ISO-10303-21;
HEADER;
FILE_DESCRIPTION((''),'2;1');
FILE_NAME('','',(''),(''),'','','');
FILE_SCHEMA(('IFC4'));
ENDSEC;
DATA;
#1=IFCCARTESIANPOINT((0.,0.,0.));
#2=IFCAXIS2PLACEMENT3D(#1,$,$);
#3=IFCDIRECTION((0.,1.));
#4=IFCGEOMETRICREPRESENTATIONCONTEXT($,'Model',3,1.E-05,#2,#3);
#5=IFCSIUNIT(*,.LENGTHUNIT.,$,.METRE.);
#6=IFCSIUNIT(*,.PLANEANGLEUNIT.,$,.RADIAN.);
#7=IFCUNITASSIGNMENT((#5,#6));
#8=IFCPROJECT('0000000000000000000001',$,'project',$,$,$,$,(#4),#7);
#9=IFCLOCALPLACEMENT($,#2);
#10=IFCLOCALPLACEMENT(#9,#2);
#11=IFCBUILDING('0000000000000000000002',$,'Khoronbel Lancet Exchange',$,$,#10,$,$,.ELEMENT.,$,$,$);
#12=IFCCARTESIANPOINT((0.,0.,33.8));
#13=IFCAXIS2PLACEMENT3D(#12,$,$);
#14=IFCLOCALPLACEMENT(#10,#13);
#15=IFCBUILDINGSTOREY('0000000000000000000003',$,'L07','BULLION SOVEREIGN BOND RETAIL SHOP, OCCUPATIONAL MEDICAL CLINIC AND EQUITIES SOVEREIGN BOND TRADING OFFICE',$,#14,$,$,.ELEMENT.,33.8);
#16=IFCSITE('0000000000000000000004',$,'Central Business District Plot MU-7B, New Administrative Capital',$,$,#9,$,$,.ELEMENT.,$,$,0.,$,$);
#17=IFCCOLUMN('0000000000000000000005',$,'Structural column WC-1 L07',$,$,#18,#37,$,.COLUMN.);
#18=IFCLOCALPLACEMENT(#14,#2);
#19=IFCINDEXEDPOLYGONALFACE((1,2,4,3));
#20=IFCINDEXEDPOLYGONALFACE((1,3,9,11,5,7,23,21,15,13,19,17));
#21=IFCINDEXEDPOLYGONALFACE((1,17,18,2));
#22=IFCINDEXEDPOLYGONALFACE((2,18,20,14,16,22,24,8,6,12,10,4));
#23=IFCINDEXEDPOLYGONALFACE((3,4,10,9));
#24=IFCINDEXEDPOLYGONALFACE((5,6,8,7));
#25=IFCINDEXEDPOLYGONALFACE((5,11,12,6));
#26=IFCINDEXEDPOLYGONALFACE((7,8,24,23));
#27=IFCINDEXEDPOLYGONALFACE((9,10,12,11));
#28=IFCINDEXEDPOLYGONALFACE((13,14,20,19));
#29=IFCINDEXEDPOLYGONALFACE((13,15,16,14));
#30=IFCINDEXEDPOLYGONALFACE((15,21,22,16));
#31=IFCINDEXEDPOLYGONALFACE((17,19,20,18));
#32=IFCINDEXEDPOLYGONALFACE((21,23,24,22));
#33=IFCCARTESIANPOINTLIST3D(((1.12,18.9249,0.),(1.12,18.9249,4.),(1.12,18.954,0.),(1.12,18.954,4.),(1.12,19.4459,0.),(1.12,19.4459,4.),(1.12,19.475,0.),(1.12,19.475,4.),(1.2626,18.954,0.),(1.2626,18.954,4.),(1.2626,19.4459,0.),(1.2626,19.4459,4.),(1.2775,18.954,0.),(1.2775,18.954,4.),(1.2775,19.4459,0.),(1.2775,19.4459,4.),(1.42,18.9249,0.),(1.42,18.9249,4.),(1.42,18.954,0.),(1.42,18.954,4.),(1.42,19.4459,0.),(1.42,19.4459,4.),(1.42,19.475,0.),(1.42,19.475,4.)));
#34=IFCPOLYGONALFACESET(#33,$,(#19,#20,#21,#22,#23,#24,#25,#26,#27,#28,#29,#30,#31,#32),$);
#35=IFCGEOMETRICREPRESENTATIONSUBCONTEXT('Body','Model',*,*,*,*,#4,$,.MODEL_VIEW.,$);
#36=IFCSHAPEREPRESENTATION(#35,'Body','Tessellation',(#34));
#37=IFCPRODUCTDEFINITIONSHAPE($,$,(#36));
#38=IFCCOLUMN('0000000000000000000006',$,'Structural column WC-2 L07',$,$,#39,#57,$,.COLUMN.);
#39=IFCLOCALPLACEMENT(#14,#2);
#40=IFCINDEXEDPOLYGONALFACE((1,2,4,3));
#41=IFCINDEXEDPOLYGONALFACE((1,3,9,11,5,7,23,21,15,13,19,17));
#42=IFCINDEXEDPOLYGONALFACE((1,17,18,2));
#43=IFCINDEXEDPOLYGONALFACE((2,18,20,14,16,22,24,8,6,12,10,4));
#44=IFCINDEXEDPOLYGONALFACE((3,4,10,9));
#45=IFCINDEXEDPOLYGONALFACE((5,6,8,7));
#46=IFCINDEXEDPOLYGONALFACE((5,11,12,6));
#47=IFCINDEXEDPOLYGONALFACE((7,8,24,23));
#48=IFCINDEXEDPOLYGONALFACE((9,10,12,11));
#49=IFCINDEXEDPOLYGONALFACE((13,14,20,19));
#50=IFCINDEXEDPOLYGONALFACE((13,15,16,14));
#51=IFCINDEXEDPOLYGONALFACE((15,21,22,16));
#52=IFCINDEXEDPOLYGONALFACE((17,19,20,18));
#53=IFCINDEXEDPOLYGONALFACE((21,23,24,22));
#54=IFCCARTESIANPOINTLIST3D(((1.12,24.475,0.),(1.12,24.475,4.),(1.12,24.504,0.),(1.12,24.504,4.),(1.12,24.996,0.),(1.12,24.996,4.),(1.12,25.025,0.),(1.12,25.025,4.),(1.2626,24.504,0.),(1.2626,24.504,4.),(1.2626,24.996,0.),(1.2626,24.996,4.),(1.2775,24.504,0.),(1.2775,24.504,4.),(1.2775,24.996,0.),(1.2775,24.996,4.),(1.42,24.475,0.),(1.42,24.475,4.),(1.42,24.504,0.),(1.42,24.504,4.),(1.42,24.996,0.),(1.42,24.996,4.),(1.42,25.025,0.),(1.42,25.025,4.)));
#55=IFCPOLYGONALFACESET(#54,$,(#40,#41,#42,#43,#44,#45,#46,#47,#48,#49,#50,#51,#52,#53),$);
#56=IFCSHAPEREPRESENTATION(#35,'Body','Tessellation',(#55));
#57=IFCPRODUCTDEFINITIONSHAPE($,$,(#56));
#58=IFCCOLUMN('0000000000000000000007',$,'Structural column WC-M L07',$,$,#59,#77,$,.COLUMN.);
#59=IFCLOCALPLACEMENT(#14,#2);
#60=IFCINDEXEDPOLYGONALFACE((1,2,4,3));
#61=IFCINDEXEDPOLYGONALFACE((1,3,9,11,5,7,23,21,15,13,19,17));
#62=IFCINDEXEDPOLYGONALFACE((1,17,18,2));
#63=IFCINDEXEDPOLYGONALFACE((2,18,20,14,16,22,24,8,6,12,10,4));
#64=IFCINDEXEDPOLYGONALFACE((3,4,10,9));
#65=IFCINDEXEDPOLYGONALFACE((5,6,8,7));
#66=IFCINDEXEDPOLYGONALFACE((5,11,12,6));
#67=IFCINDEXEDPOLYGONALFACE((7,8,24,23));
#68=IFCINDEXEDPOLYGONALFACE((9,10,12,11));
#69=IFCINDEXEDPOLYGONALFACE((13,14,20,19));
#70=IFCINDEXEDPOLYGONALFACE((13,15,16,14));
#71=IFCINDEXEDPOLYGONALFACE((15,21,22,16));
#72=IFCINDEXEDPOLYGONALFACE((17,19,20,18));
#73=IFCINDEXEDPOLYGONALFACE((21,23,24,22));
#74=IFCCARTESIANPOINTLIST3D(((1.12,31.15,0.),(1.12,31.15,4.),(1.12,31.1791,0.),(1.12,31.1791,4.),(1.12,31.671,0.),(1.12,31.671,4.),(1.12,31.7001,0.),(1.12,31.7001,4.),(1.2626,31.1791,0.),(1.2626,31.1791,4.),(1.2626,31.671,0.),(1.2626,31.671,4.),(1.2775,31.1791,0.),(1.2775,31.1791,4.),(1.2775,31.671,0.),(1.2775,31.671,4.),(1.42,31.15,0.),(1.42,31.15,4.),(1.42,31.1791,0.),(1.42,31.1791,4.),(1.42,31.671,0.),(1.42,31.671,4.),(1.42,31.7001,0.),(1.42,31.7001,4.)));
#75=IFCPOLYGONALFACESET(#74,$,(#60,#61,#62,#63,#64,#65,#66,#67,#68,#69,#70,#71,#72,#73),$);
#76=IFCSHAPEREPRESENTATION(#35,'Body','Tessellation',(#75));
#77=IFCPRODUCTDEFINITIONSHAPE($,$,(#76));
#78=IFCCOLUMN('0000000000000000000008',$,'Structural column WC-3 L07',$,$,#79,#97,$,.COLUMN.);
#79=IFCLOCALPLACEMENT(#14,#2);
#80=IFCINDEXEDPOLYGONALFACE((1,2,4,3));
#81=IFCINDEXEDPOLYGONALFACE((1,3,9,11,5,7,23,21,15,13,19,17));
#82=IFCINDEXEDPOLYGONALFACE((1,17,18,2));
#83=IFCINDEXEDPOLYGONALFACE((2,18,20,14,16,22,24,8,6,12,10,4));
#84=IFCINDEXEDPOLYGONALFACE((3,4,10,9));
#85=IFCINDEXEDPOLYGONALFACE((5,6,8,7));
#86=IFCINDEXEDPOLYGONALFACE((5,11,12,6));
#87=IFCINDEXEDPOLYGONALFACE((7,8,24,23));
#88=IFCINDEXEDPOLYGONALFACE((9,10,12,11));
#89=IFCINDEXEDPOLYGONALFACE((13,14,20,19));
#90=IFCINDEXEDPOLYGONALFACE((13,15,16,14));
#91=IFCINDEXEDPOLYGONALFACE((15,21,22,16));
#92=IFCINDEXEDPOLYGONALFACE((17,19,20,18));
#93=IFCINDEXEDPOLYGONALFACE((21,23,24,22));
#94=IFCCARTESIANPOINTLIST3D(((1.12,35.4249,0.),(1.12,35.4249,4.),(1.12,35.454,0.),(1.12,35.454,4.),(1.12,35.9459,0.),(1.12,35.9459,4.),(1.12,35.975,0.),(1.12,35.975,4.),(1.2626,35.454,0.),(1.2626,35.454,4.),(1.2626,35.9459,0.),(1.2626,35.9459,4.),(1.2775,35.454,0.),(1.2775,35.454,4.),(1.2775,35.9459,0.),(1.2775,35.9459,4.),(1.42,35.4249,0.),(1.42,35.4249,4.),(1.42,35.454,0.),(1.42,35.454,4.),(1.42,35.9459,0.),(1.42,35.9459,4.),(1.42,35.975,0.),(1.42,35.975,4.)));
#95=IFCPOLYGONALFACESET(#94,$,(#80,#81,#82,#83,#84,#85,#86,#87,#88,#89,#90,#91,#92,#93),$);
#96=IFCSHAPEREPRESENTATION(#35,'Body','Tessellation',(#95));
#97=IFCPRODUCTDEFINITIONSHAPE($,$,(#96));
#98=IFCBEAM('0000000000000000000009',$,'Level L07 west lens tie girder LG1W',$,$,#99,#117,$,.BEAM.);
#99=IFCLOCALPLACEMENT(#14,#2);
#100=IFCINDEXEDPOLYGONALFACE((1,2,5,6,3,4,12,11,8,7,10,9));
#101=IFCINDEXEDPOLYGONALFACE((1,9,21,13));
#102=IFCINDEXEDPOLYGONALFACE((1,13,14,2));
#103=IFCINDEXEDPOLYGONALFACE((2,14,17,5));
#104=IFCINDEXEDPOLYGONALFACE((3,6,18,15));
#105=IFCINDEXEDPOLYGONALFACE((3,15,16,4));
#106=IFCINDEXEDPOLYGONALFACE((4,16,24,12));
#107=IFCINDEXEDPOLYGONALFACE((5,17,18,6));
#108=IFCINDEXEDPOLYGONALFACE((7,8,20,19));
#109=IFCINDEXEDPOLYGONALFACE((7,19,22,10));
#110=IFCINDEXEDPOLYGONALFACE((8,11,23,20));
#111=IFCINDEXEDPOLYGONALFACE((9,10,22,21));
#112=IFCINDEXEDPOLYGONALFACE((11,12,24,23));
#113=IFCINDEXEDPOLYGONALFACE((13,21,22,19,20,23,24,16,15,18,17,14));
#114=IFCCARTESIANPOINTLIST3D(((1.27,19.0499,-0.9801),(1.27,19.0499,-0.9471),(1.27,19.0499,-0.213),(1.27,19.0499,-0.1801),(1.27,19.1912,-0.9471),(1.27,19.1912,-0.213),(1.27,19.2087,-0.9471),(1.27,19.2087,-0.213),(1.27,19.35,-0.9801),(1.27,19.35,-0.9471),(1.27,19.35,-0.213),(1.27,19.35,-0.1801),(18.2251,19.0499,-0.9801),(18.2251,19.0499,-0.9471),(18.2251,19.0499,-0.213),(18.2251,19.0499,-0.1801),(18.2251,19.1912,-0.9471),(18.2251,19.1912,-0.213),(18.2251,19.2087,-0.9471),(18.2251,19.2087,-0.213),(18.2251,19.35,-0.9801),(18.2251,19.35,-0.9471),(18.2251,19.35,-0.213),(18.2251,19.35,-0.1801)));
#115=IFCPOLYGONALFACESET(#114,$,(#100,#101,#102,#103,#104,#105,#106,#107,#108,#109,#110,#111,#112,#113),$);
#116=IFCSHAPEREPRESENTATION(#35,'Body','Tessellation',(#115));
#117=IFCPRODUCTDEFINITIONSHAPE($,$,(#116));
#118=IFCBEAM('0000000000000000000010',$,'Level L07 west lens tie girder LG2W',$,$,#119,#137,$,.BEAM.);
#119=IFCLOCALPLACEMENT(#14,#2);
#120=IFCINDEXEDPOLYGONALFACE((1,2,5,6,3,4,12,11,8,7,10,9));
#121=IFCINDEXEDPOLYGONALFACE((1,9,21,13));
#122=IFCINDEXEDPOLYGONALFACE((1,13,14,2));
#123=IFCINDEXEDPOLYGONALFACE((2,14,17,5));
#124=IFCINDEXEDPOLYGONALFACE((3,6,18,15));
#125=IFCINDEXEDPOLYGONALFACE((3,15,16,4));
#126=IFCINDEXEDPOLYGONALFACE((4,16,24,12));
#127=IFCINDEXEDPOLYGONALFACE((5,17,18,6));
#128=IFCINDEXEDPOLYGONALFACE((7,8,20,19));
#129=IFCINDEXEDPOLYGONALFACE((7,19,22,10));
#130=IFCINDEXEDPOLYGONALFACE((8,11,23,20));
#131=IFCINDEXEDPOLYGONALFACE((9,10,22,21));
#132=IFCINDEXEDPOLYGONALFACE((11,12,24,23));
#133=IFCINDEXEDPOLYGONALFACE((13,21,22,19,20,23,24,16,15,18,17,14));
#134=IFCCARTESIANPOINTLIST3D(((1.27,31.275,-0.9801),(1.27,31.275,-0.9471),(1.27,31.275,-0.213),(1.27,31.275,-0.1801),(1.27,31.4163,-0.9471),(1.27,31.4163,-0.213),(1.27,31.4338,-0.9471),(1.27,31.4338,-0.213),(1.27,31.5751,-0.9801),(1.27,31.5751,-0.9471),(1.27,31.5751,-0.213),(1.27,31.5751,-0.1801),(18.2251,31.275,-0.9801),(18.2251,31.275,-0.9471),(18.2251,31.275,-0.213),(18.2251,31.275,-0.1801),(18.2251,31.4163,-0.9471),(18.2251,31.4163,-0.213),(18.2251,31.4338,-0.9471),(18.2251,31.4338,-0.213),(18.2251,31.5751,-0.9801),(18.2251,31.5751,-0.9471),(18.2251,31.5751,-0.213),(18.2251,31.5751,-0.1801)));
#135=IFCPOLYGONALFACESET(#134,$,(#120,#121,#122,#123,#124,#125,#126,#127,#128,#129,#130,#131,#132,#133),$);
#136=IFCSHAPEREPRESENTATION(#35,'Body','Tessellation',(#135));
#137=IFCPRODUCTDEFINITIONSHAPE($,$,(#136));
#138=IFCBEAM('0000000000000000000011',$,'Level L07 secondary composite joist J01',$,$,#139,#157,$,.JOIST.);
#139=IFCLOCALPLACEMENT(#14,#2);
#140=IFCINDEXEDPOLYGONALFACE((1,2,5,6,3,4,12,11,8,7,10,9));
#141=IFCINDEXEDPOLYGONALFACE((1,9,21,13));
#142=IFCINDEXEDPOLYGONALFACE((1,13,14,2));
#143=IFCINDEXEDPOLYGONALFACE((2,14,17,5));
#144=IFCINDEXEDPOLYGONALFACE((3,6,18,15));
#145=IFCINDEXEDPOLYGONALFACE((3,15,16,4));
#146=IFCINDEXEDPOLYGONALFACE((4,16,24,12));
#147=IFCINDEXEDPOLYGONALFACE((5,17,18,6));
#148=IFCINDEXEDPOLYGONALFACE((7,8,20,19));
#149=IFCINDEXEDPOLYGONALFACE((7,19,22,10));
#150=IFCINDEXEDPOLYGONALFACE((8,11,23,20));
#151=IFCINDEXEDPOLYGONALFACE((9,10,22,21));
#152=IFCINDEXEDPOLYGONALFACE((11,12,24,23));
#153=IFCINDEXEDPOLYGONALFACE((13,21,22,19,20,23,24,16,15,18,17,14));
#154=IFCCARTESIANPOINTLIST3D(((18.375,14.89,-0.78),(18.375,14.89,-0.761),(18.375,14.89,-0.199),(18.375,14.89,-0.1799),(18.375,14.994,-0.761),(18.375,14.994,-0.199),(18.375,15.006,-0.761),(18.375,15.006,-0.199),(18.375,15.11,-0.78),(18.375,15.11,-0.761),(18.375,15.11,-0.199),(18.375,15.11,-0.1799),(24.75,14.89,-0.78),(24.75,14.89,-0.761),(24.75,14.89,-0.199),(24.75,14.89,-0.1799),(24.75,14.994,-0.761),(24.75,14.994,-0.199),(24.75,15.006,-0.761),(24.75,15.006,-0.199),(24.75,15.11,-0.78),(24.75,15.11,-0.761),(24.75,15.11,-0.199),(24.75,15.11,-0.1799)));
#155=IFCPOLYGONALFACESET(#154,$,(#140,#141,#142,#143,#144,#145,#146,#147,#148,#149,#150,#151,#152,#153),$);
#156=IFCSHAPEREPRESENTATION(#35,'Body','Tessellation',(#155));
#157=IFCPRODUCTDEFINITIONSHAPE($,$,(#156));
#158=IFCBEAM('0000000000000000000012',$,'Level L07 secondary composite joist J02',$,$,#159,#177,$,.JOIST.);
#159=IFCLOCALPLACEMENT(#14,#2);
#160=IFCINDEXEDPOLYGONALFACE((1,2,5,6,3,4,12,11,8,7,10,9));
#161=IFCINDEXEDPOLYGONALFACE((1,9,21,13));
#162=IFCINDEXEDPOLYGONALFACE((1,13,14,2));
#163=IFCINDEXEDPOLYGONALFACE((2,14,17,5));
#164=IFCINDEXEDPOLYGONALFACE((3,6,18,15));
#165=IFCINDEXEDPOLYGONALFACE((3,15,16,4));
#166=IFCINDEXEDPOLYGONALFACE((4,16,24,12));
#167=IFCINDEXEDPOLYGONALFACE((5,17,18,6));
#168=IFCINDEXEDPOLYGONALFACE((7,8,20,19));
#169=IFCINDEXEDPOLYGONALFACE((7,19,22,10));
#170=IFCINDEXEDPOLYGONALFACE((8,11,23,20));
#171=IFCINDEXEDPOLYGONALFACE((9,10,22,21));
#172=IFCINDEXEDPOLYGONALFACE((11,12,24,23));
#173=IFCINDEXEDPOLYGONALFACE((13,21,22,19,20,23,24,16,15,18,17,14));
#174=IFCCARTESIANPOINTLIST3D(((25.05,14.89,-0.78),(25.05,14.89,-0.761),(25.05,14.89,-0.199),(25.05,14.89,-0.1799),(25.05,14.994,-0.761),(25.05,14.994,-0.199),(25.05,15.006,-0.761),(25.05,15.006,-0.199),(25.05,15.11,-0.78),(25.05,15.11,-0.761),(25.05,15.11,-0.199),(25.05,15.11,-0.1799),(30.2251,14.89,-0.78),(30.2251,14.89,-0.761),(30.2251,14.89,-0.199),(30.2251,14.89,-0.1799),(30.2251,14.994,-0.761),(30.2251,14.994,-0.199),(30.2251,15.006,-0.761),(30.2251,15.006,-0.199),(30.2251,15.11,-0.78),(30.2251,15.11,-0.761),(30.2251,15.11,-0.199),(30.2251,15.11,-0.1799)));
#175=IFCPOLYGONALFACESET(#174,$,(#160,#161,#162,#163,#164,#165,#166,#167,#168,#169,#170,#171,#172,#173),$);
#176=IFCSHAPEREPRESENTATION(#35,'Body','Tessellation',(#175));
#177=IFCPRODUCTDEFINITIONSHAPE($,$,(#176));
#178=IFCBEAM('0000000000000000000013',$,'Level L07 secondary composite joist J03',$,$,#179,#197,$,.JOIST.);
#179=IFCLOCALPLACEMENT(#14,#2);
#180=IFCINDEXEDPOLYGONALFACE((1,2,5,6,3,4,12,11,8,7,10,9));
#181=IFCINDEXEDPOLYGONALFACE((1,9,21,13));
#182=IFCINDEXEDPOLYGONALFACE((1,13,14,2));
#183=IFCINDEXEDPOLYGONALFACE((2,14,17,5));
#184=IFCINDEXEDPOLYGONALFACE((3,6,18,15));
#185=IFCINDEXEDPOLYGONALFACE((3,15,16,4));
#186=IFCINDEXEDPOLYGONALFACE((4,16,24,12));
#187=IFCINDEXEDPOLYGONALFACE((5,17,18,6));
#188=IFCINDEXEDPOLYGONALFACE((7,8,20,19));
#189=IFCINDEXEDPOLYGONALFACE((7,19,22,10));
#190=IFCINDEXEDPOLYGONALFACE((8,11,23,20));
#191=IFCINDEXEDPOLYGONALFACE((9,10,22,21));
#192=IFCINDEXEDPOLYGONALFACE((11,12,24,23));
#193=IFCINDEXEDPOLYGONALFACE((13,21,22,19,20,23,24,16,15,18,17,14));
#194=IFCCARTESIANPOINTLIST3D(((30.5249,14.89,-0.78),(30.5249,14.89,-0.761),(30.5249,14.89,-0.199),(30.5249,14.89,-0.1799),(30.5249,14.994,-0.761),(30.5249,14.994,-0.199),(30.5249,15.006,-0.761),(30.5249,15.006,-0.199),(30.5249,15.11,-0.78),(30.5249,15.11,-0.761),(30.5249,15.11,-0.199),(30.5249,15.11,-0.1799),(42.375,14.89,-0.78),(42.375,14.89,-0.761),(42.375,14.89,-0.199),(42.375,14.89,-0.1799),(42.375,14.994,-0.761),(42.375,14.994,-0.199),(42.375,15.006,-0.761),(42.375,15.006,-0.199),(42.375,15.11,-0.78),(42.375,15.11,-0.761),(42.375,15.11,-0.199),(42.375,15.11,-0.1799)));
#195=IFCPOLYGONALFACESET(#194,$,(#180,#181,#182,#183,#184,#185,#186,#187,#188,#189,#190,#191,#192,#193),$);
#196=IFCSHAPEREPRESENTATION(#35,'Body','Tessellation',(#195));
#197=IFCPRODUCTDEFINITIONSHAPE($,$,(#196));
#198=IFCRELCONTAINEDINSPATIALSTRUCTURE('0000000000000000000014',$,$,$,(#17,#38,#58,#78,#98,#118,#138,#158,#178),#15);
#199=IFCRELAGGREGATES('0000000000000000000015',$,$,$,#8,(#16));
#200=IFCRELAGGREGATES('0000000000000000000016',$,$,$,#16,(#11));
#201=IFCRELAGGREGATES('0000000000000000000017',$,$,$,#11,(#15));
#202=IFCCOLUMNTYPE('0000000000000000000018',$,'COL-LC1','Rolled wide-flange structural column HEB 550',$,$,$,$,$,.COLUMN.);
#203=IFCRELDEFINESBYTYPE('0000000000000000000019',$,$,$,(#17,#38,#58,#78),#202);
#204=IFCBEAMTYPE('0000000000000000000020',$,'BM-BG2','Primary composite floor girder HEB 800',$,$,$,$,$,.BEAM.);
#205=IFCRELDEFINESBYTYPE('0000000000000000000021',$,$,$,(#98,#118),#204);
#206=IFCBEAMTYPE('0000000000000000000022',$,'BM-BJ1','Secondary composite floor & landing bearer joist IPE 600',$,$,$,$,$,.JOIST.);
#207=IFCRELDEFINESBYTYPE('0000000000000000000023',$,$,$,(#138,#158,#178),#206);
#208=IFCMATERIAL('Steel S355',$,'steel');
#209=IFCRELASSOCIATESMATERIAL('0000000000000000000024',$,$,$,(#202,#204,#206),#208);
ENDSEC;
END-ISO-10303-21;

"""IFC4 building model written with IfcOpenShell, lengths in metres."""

from ifc_helpers import new_model, si_unit, direction, frame, origin, origin_2d, place, context, subcontext, project, spatial, i_section, extrude, material, material_profile, profile_set, type_object, element, save


model = new_model("IFC4")

# Units and contexts
model_context = context("Model", 3, precision=1e-05, world=origin(), true_north=direction((0.0, 1.0)))
body_context = subcontext(model_context, "Body", "Model", "MODEL_VIEW")
ifc_project = project(units=[si_unit("LENGTHUNIT", "METRE"), si_unit("PLANEANGLEUNIT", "RADIAN")], contexts=[model_context])

# Site, building, storey
site_placement = place(None, origin())
site = spatial("IfcSite", under=ifc_project, at=site_placement, Name="Central Business District Plot MU-7B, New Administrative Capital", CompositionType="ELEMENT", RefElevation=0.0)
building_placement = place(site_placement, origin())
building = spatial("IfcBuilding", under=site, at=building_placement, Name="Khoronbel Lancet Exchange", CompositionType="ELEMENT")
storey_placement = place(building_placement, frame((0.0, 0.0, 33.8)))
storey = spatial("IfcBuildingStorey", under=building, at=storey_placement, Name="L07", Description="BULLION SOVEREIGN BOND RETAIL SHOP, OCCUPATIONAL MEDICAL CLINIC AND EQUITIES SOVEREIGN BOND TRADING OFFICE", CompositionType="ELEMENT", Elevation=33.8)

# Columns
ifc_material_1 = material(Name="Steel S355", Category="steel")
ifc_material_profile_1 = material_profile(ifc_material_1, i_section(OverallWidth=0.3, OverallDepth=0.55, WebThickness=0.0149, FlangeThickness=0.0291, at=origin_2d()), Name="HEB 550")
ifc_profile_set_1 = profile_set([ifc_material_profile_1], Name="Steel S355")
column_type = type_object("IfcColumnType", Name="COL-LC1", Description="Rolled wide-flange structural column HEB 550", PredefinedType="COLUMN", material=ifc_profile_set_1)
for number, where, z_axis, x_axis, name in (
    (1, (1.27, 19.2, 0.0), (0.0, 0.0, 1.0), (1.0, 0.0, 0.0), "Structural column WC-1 L07"),
    (2, (1.27, 24.75, 0.0), (0.0, 0.0, 1.0), (1.0, 0.0, 0.0), "Structural column WC-2 L07"),
    (3, (1.27, 31.425, 0.0), (0.0, 0.0, 1.0), (1.0, 0.0, 0.0), "Structural column WC-M L07"),
    (4, (1.27, 35.7, 0.0), (0.0, 0.0, 1.0), (1.0, 0.0, 0.0), "Structural column WC-3 L07"),
):
    element("IfcColumn", number, at=place(storey_placement, frame(where, z_axis=z_axis, x_axis=x_axis)), inside=storey, type_object=column_type, Name=name, PredefinedType="COLUMN", context=body_context, shape_type="SweptSolid", body=[
        extrude(i_section(OverallWidth=0.3, OverallDepth=0.55, WebThickness=0.0149, FlangeThickness=0.0291, at=origin_2d()), origin(), (0.0, 0.0, 1.0), 4.0),
    ])

# Beams
ifc_material_profile_2 = material_profile(ifc_material_1, i_section(OverallWidth=0.3, OverallDepth=0.8, WebThickness=0.0176, FlangeThickness=0.033, at=origin_2d()), Name="HEB 800")
ifc_profile_set_2 = profile_set([ifc_material_profile_2], Name="Steel S355")
beam_type_1 = type_object("IfcBeamType", Name="BM-BG2", Description="Primary composite floor girder HEB 800", PredefinedType="BEAM", material=ifc_profile_set_2)
for number, where, z_axis, x_axis, name in (
    (5, (1.27, 19.2, -0.5801), (1.0, 0.0, 0.0), (0.0, 1.0, 0.0), "Level L07 west lens tie girder LG1W"),
    (6, (1.27, 31.425, -0.5801), (1.0, 0.0, 0.0), (0.0, 1.0, 0.0), "Level L07 west lens tie girder LG2W"),
):
    element("IfcBeam", number, at=place(storey_placement, frame(where, z_axis=z_axis, x_axis=x_axis)), inside=storey, type_object=beam_type_1, Name=name, PredefinedType="BEAM", context=body_context, shape_type="SweptSolid", body=[
        extrude(i_section(OverallWidth=0.3, OverallDepth=0.8, WebThickness=0.0176, FlangeThickness=0.033, at=origin_2d()), origin(), (0.0, 0.0, 1.0), 16.9551),
    ])
ifc_material_profile_3 = material_profile(ifc_material_1, i_section(OverallWidth=0.22, OverallDepth=0.6001, WebThickness=0.012, FlangeThickness=0.019, at=origin_2d()), Name="IPE 600")
ifc_profile_set_3 = profile_set([ifc_material_profile_3], Name="Steel S355")
beam_type_2 = type_object("IfcBeamType", Name="BM-BJ1", Description="Secondary composite floor & landing bearer joist IPE 600", PredefinedType="JOIST", material=ifc_profile_set_3)
beam_1_placement = place(storey_placement, frame((18.375, 15.0, -0.48), z_axis=(1.0, 0.0, 0.0), x_axis=(0.0, 1.0, 0.0)))
element("IfcBeam", 7, at=beam_1_placement, inside=storey, type_object=beam_type_2, Name="Level L07 secondary composite joist J01", PredefinedType="JOIST", context=body_context, shape_type="SweptSolid", body=[
    extrude(i_section(OverallWidth=0.22, OverallDepth=0.6001, WebThickness=0.012, FlangeThickness=0.019, at=origin_2d()), origin(), (0.0, 0.0, 1.0), 6.375),
])
beam_2_placement = place(storey_placement, frame((25.05, 15.0, -0.48), z_axis=(1.0, 0.0, 0.0), x_axis=(0.0, 1.0, 0.0)))
element("IfcBeam", 8, at=beam_2_placement, inside=storey, type_object=beam_type_2, Name="Level L07 secondary composite joist J02", PredefinedType="JOIST", context=body_context, shape_type="SweptSolid", body=[
    extrude(i_section(OverallWidth=0.22, OverallDepth=0.6001, WebThickness=0.012, FlangeThickness=0.019, at=origin_2d()), origin(), (0.0, 0.0, 1.0), 5.175),
])
beam_3_placement = place(storey_placement, frame((30.5249, 15.0, -0.48), z_axis=(1.0, 0.0, 0.0), x_axis=(0.0, 1.0, 0.0)))
element("IfcBeam", 9, at=beam_3_placement, inside=storey, type_object=beam_type_2, Name="Level L07 secondary composite joist J03", PredefinedType="JOIST", context=body_context, shape_type="SweptSolid", body=[
    extrude(i_section(OverallWidth=0.22, OverallDepth=0.6001, WebThickness=0.012, FlangeThickness=0.019, at=origin_2d()), origin(), (0.0, 0.0, 1.0), 11.8501),
])

save(model, "model.ifc")
